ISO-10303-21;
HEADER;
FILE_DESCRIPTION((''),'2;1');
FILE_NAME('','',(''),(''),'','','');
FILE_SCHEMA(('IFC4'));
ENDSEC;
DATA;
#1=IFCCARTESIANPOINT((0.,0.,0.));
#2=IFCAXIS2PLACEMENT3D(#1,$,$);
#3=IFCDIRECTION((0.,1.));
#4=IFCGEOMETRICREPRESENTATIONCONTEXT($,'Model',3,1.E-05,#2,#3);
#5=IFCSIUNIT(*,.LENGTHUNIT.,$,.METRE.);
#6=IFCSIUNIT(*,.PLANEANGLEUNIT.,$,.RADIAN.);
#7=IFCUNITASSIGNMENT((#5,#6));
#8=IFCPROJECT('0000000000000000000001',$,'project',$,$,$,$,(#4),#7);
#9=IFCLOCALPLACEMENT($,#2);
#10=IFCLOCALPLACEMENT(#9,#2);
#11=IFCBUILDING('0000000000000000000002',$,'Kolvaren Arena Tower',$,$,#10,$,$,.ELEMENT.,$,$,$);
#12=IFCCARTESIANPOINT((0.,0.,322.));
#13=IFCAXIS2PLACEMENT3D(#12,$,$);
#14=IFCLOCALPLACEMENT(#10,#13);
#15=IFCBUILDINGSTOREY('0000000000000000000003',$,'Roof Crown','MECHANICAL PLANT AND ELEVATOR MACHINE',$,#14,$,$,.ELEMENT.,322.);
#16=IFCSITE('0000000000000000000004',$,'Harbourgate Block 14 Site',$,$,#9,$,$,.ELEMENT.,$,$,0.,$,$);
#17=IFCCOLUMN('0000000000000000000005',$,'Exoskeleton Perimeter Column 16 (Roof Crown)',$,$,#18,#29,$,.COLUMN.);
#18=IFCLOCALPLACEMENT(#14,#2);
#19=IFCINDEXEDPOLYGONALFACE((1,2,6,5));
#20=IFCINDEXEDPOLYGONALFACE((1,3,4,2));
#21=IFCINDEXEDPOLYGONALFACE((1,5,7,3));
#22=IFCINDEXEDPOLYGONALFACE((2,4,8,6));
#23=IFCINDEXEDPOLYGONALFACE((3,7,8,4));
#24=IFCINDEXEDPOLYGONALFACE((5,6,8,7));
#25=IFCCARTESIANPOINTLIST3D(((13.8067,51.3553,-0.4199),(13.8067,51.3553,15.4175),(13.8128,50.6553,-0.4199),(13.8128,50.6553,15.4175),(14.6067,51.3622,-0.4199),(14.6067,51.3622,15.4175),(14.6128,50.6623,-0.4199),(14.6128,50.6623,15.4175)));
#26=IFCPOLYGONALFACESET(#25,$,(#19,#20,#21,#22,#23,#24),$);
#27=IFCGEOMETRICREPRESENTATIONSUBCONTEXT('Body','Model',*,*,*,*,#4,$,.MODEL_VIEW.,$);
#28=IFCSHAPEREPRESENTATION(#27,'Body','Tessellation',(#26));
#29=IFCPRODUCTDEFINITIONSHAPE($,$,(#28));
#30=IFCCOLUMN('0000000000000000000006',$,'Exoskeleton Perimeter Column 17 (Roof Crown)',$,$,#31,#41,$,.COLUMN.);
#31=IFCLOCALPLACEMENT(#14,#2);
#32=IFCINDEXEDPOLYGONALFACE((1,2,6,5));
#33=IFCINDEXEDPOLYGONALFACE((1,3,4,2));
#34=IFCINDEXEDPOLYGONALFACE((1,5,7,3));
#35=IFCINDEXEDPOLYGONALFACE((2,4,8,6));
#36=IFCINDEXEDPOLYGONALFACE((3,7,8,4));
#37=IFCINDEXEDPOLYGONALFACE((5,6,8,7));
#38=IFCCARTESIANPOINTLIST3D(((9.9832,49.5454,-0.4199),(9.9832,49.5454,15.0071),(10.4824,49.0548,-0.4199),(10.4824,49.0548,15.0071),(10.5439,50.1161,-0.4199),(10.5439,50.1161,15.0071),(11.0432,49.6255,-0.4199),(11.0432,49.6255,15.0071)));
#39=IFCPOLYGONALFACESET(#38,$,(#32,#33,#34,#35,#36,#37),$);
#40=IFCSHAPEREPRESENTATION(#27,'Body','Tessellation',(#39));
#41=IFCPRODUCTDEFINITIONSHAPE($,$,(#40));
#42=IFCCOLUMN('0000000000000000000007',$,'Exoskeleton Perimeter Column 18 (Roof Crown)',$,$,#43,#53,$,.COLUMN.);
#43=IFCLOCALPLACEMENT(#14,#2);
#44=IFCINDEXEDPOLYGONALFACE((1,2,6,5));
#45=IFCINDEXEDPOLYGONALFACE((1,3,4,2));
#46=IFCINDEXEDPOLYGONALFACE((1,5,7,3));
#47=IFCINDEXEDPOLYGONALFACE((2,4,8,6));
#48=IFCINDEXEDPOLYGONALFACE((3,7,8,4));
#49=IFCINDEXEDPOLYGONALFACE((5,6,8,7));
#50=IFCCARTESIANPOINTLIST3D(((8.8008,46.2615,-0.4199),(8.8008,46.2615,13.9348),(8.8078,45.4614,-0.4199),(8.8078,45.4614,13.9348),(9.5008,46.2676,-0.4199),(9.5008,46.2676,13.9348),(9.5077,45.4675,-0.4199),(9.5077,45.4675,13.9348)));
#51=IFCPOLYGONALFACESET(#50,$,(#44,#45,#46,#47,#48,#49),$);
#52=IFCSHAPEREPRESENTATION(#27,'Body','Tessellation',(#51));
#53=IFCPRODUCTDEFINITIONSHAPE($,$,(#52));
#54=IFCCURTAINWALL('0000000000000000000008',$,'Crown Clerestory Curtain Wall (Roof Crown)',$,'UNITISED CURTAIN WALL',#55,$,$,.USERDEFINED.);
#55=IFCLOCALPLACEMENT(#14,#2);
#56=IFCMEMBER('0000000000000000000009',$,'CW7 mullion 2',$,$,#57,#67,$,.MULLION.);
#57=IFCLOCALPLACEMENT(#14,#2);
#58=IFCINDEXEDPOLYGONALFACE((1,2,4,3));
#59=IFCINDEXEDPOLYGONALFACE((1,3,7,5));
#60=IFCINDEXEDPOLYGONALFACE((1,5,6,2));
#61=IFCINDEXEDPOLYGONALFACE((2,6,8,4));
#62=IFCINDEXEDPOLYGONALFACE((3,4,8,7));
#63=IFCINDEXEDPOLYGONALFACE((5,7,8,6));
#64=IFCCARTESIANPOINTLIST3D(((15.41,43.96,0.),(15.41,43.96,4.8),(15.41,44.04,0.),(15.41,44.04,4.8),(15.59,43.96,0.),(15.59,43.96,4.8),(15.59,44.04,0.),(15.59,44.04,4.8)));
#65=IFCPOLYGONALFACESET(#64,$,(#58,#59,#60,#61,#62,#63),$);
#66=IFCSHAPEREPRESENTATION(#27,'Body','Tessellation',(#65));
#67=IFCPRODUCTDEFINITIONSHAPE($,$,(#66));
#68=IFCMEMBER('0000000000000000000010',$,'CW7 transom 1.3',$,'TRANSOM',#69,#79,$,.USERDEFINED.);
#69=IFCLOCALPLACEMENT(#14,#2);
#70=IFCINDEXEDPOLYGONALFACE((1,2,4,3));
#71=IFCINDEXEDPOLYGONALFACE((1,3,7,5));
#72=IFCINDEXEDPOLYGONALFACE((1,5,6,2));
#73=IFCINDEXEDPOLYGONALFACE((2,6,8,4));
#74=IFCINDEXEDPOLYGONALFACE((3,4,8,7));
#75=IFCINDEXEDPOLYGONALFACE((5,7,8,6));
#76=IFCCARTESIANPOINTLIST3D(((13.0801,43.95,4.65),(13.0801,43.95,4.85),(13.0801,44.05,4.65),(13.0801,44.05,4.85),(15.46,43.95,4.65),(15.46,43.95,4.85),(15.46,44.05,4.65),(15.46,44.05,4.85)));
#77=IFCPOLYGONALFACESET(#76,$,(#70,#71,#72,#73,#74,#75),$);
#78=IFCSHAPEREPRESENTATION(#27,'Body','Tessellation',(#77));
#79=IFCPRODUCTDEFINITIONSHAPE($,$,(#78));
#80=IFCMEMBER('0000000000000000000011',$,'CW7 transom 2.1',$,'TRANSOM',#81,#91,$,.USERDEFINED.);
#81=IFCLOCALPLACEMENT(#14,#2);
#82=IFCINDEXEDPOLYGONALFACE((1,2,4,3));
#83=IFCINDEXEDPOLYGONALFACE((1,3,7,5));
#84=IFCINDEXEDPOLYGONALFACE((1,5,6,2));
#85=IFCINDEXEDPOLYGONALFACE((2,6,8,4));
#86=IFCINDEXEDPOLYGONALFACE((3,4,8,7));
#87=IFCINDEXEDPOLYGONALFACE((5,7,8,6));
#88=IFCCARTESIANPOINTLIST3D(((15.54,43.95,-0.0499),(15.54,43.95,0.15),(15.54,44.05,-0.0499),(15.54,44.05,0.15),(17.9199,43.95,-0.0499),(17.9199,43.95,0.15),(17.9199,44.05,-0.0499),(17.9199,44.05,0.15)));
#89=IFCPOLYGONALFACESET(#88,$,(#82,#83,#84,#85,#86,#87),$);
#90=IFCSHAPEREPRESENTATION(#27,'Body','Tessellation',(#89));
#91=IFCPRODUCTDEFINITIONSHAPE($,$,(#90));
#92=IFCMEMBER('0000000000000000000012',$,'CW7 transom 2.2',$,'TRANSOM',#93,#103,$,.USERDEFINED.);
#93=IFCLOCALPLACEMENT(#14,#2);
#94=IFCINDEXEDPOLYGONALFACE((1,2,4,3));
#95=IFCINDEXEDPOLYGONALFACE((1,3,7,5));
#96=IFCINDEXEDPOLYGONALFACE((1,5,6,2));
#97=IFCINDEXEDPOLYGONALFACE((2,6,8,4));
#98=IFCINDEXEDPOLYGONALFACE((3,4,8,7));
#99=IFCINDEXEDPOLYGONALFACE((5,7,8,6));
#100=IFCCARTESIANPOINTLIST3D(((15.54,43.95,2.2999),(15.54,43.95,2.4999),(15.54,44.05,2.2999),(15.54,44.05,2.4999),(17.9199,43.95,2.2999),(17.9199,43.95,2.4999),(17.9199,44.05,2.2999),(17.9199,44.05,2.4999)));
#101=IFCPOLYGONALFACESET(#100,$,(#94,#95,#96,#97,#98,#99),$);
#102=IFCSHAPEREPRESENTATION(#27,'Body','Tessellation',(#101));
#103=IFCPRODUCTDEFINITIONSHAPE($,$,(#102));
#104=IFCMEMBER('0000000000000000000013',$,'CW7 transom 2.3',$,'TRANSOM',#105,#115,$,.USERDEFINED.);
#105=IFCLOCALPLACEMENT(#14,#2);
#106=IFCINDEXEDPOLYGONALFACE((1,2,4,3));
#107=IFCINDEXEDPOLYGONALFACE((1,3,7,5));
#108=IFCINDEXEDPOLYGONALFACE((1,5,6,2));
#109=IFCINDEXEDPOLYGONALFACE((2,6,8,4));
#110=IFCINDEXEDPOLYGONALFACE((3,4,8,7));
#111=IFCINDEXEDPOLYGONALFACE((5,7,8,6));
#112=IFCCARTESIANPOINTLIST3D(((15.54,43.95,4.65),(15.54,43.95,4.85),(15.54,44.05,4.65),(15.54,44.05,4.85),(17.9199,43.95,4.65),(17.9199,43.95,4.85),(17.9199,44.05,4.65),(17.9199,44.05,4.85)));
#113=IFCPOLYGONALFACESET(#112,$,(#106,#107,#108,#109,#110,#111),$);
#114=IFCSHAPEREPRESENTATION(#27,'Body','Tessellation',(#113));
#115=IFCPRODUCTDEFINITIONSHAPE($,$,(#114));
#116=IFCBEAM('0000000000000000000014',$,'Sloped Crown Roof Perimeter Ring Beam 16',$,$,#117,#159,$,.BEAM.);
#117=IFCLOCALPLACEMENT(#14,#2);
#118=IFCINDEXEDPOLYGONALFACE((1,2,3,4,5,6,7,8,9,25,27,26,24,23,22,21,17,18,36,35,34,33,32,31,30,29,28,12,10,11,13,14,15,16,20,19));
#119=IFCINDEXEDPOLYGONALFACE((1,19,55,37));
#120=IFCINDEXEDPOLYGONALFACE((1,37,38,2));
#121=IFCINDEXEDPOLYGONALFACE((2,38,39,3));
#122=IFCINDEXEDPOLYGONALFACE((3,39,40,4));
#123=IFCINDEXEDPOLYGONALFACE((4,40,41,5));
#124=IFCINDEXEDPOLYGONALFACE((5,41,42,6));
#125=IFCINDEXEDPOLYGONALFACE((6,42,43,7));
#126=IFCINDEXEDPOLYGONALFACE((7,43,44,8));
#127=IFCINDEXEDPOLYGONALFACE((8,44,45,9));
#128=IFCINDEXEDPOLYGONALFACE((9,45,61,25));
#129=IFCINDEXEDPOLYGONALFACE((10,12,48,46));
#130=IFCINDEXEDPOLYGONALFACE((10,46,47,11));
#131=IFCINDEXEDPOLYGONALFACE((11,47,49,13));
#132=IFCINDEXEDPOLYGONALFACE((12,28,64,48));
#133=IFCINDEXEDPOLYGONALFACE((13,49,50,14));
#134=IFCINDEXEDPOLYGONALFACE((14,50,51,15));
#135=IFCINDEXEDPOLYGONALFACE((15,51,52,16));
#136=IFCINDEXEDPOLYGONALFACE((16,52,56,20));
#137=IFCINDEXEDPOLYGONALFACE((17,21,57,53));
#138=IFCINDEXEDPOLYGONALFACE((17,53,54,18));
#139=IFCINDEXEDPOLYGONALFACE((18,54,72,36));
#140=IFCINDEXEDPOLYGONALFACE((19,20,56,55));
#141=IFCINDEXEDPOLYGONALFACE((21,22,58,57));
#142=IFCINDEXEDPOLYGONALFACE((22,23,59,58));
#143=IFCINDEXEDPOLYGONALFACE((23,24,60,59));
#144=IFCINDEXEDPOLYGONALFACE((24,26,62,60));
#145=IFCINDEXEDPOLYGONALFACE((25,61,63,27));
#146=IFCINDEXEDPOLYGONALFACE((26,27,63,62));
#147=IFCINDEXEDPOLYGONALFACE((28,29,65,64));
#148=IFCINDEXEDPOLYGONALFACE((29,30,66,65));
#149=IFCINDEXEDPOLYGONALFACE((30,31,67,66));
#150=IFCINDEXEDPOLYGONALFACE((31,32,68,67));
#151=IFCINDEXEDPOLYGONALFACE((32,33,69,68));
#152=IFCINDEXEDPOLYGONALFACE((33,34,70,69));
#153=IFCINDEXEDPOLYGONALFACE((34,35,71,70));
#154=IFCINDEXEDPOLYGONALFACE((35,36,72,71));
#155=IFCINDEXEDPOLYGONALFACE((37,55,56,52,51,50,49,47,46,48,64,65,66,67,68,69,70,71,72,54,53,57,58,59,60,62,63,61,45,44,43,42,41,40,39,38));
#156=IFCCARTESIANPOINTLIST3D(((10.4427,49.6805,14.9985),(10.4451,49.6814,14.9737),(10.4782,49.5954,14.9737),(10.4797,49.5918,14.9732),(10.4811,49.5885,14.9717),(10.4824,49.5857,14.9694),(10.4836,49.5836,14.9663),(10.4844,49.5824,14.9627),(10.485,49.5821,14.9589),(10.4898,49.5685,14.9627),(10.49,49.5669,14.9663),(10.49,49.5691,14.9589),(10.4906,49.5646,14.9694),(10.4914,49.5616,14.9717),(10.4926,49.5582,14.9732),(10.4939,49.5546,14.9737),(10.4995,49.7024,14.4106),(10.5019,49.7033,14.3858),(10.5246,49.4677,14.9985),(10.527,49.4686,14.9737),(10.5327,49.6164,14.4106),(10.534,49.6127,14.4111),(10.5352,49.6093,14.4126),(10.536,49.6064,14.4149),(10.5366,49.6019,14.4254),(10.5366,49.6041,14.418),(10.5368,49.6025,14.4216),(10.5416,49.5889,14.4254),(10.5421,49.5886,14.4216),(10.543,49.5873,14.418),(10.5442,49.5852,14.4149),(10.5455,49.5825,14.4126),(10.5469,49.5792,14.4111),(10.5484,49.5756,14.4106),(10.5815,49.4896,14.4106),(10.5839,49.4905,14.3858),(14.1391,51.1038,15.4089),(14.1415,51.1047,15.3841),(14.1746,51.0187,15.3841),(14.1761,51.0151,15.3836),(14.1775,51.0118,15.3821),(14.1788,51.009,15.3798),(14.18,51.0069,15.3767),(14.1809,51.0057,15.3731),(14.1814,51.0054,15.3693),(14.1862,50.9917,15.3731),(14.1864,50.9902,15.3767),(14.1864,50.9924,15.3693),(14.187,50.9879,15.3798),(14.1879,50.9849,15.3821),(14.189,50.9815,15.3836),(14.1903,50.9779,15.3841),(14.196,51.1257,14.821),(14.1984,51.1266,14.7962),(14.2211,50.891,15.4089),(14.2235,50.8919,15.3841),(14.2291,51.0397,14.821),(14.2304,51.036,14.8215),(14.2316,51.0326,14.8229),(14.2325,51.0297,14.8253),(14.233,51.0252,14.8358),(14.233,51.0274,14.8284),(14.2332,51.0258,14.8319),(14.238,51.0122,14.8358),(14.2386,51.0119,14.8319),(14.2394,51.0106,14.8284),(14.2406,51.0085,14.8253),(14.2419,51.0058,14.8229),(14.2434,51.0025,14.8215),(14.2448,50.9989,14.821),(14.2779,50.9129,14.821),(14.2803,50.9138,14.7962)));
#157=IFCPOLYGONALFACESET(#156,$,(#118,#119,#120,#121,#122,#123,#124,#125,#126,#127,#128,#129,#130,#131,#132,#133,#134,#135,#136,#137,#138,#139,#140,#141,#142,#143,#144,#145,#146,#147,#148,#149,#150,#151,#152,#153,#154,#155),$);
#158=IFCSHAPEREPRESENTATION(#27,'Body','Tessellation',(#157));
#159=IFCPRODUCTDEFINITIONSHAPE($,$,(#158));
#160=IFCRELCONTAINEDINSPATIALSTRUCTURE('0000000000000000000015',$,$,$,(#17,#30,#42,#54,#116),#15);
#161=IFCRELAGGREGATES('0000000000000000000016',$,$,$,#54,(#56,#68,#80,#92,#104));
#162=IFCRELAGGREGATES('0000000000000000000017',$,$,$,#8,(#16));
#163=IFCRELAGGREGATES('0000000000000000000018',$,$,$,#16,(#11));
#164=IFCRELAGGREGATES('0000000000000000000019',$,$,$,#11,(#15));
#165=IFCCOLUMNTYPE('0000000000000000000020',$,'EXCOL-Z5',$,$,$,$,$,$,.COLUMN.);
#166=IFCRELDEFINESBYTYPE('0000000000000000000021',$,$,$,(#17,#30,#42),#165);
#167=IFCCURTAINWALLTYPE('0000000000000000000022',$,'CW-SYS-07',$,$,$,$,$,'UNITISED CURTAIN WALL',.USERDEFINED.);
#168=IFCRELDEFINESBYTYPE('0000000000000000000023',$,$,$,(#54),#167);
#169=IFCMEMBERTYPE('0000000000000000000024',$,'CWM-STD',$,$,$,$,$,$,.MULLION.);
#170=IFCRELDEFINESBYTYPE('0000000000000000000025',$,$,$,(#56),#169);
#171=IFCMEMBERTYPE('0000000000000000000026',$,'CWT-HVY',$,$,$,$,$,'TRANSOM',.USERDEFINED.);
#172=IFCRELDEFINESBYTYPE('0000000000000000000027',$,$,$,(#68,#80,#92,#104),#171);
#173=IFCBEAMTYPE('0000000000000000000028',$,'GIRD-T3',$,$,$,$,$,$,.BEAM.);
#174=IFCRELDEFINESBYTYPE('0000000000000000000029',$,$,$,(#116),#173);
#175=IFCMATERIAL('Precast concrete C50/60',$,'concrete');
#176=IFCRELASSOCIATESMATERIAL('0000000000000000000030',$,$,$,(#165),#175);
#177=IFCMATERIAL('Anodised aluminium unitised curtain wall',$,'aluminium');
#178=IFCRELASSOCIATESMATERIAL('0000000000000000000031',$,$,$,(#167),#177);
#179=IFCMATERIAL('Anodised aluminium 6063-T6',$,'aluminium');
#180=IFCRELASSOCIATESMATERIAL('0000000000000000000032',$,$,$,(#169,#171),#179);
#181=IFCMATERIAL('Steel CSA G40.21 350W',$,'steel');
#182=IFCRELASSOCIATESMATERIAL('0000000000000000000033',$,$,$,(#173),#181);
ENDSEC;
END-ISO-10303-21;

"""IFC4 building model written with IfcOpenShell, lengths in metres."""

from ifc_helpers import new_model, si_unit, direction, frame, origin, origin_2d, place, context, subcontext, project, spatial, rectangle, i_section, extrude, material, material_profile, profile_set, type_object, element, aggregate, save


model = new_model("IFC4")

# Units and contexts
model_context = context("Model", 3, precision=1e-05, world=origin(), true_north=direction((0.0, 1.0)))
body_context = subcontext(model_context, "Body", "Model", "MODEL_VIEW")
ifc_project = project(units=[si_unit("LENGTHUNIT", "METRE"), si_unit("PLANEANGLEUNIT", "RADIAN")], contexts=[model_context])

# Site, building, storey
site_placement = place(None, origin())
site = spatial("IfcSite", under=ifc_project, at=site_placement, Name="Harbourgate Block 14 Site", CompositionType="ELEMENT", RefElevation=0.0)
building_placement = place(site_placement, origin())
building = spatial("IfcBuilding", under=site, at=building_placement, Name="Kolvaren Arena Tower", CompositionType="ELEMENT")
storey_placement = place(building_placement, frame((0.0, 0.0, 322.0)))
storey = spatial("IfcBuildingStorey", under=building, at=storey_placement, Name="Roof Crown", Description="MECHANICAL PLANT AND ELEVATOR MACHINE", CompositionType="ELEMENT", Elevation=322.0)

# Columns
ifc_material_1 = material(Name="Precast concrete C50/60", Category="concrete")
ifc_material_profile_1 = material_profile(ifc_material_1, rectangle(XDim=0.8, YDim=0.7, at=origin_2d()), Name="RC-800x700")
ifc_profile_set_1 = profile_set([ifc_material_profile_1], Name="Precast concrete C50/60")
column_type = type_object("IfcColumnType", Name="EXCOL-Z5", PredefinedType="COLUMN", material=ifc_profile_set_1)
column_1_placement = place(storey_placement, frame((14.2097, 51.0088, -0.4199), z_axis=(0.0, 0.0, 1.0), x_axis=(0.999962, 0.008727, 0.0)))
element("IfcColumn", 1, at=column_1_placement, inside=storey, type_object=column_type, Name="Exoskeleton Perimeter Column 16 (Roof Crown)", PredefinedType="COLUMN", context=body_context, shape_type="SweptSolid", body=[
    extrude(rectangle(XDim=0.8, YDim=0.7, at=origin_2d()), origin(), (0.0, 0.0, 1.0), 15.8374),
])
column_2_placement = place(storey_placement, frame((10.5132, 49.5854, -0.4199), z_axis=(0.0, 0.0, 1.0), x_axis=(0.700909, 0.71325, 0.0)))
element("IfcColumn", 2, at=column_2_placement, inside=storey, type_object=column_type, Name="Exoskeleton Perimeter Column 17 (Roof Crown)", PredefinedType="COLUMN", context=body_context, shape_type="SweptSolid", body=[
    extrude(rectangle(XDim=0.8, YDim=0.7, at=origin_2d()), origin(), (0.0, 0.0, 1.0), 15.427),
])
column_3_placement = place(storey_placement, frame((9.1543, 45.8645, -0.4199), z_axis=(0.0, 0.0, 1.0), x_axis=(-0.008727, 0.999962, 0.0)))
element("IfcColumn", 3, at=column_3_placement, inside=storey, type_object=column_type, Name="Exoskeleton Perimeter Column 18 (Roof Crown)", PredefinedType="COLUMN", context=body_context, shape_type="SweptSolid", body=[
    extrude(rectangle(XDim=0.8, YDim=0.7, at=origin_2d()), origin(), (0.0, 0.0, 1.0), 14.3547),
])

# Curtain wall, members
ifc_material_2 = material(Name="Anodised aluminium unitised curtain wall", Category="aluminium")
curtain_wall_type = type_object("IfcCurtainWallType", Name="CW-SYS-07", ElementType="UNITISED CURTAIN WALL", PredefinedType="USERDEFINED", material=ifc_material_2)
curtain_wall_placement = place(storey_placement, origin())
curtain_wall = element("IfcCurtainWall", 4, at=curtain_wall_placement, inside=storey, type_object=curtain_wall_type, Name="Crown Clerestory Curtain Wall (Roof Crown)", ObjectType="UNITISED CURTAIN WALL", PredefinedType="USERDEFINED")
ifc_material_3 = material(Name="Anodised aluminium 6063-T6", Category="aluminium")
ifc_material_profile_2 = material_profile(ifc_material_3, rectangle(XDim=0.0801, YDim=0.1799, at=origin_2d()), Name="ALU-80x180")
ifc_profile_set_2 = profile_set([ifc_material_profile_2], Name="Anodised aluminium 6063-T6")
member_type_1 = type_object("IfcMemberType", Name="CWM-STD", PredefinedType="MULLION", material=ifc_profile_set_2)
member_1_placement = place(storey_placement, frame((15.5, 44.0, 0.0), z_axis=(0.0, 0.0, 1.0), x_axis=(0.0, 1.0, 0.0)))
member_1 = element("IfcMember", 5, at=member_1_placement, type_object=member_type_1, Name="CW7 mullion 2", PredefinedType="MULLION", context=body_context, shape_type="SweptSolid", body=[
    extrude(rectangle(XDim=0.0801, YDim=0.1799, at=origin_2d()), origin(), (0.0, 0.0, 1.0), 4.8),
])
ifc_material_profile_3 = material_profile(ifc_material_3, rectangle(XDim=0.1001, YDim=0.2, at=origin_2d()), Name="ALU-100x200")
ifc_profile_set_3 = profile_set([ifc_material_profile_3], Name="Anodised aluminium 6063-T6")
member_type_2 = type_object("IfcMemberType", Name="CWT-HVY", ElementType="TRANSOM", PredefinedType="USERDEFINED", material=ifc_profile_set_3)
member_2_placement = place(storey_placement, frame((13.0801, 44.0, 4.75), z_axis=(1.0, 0.0, 0.0), x_axis=(0.0, 1.0, 0.0)))
member_2 = element("IfcMember", 6, at=member_2_placement, type_object=member_type_2, Name="CW7 transom 1.3", ObjectType="TRANSOM", PredefinedType="USERDEFINED", context=body_context, shape_type="SweptSolid", body=[
    extrude(rectangle(XDim=0.1001, YDim=0.2, at=origin_2d()), origin(), (0.0, 0.0, 1.0), 2.3799),
])
member_3_placement = place(storey_placement, frame((15.54, 44.0, 0.05), z_axis=(1.0, 0.0, 0.0), x_axis=(0.0, 1.0, 0.0)))
member_3 = element("IfcMember", 7, at=member_3_placement, type_object=member_type_2, Name="CW7 transom 2.1", ObjectType="TRANSOM", PredefinedType="USERDEFINED", context=body_context, shape_type="SweptSolid", body=[
    extrude(rectangle(XDim=0.1001, YDim=0.2, at=origin_2d()), origin(), (0.0, 0.0, 1.0), 2.3799),
])
member_4_placement = place(storey_placement, frame((15.54, 44.0, 2.3999), z_axis=(1.0, 0.0, 0.0), x_axis=(0.0, 1.0, 0.0)))
member_4 = element("IfcMember", 8, at=member_4_placement, type_object=member_type_2, Name="CW7 transom 2.2", ObjectType="TRANSOM", PredefinedType="USERDEFINED", context=body_context, shape_type="SweptSolid", body=[
    extrude(rectangle(XDim=0.1001, YDim=0.2, at=origin_2d()), origin(), (0.0, 0.0, 1.0), 2.3799),
])
member_5_placement = place(storey_placement, frame((15.54, 44.0, 4.75), z_axis=(1.0, 0.0, 0.0), x_axis=(0.0, 1.0, 0.0)))
member_5 = element("IfcMember", 9, at=member_5_placement, type_object=member_type_2, Name="CW7 transom 2.3", ObjectType="TRANSOM", PredefinedType="USERDEFINED", context=body_context, shape_type="SweptSolid", body=[
    extrude(rectangle(XDim=0.1001, YDim=0.2, at=origin_2d()), origin(), (0.0, 0.0, 1.0), 2.3799),
])

# Beam
ifc_material_4 = material(Name="Steel CSA G40.21 350W", Category="steel")
ifc_material_profile_4 = material_profile(ifc_material_4, i_section(OverallWidth=0.228, OverallDepth=0.616, WebThickness=0.0139, FlangeThickness=0.0249, FilletRadius=0.0149, at=origin_2d()), Name="W610x174")
ifc_profile_set_4 = profile_set([ifc_material_profile_4], Name="Steel CSA G40.21 350W")
beam_type = type_object("IfcBeamType", Name="GIRD-T3", PredefinedType="BEAM", material=ifc_profile_set_4)
beam_1_placement = place(storey_placement, frame((14.2097, 51.0088, 15.1025), z_axis=(-0.928242, -0.357417, -0.103056), x_axis=(0.35933, -0.933211, 0.0)))
element("IfcBeam", 10, at=beam_1_placement, inside=storey, type_object=beam_type, Name="Sloped Crown Roof Perimeter Ring Beam 16", PredefinedType="BEAM", context=body_context, shape_type="SweptSolid", body=[
    extrude(i_section(OverallWidth=0.228, OverallDepth=0.616, WebThickness=0.0139, FlangeThickness=0.0249, FilletRadius=0.0149, at=origin_2d()), origin(), (0.0, 0.0, 1.0), 3.9822),
])

aggregate(curtain_wall, [member_1, member_2, member_3, member_4, member_5])

save(model, "model.ifc")
